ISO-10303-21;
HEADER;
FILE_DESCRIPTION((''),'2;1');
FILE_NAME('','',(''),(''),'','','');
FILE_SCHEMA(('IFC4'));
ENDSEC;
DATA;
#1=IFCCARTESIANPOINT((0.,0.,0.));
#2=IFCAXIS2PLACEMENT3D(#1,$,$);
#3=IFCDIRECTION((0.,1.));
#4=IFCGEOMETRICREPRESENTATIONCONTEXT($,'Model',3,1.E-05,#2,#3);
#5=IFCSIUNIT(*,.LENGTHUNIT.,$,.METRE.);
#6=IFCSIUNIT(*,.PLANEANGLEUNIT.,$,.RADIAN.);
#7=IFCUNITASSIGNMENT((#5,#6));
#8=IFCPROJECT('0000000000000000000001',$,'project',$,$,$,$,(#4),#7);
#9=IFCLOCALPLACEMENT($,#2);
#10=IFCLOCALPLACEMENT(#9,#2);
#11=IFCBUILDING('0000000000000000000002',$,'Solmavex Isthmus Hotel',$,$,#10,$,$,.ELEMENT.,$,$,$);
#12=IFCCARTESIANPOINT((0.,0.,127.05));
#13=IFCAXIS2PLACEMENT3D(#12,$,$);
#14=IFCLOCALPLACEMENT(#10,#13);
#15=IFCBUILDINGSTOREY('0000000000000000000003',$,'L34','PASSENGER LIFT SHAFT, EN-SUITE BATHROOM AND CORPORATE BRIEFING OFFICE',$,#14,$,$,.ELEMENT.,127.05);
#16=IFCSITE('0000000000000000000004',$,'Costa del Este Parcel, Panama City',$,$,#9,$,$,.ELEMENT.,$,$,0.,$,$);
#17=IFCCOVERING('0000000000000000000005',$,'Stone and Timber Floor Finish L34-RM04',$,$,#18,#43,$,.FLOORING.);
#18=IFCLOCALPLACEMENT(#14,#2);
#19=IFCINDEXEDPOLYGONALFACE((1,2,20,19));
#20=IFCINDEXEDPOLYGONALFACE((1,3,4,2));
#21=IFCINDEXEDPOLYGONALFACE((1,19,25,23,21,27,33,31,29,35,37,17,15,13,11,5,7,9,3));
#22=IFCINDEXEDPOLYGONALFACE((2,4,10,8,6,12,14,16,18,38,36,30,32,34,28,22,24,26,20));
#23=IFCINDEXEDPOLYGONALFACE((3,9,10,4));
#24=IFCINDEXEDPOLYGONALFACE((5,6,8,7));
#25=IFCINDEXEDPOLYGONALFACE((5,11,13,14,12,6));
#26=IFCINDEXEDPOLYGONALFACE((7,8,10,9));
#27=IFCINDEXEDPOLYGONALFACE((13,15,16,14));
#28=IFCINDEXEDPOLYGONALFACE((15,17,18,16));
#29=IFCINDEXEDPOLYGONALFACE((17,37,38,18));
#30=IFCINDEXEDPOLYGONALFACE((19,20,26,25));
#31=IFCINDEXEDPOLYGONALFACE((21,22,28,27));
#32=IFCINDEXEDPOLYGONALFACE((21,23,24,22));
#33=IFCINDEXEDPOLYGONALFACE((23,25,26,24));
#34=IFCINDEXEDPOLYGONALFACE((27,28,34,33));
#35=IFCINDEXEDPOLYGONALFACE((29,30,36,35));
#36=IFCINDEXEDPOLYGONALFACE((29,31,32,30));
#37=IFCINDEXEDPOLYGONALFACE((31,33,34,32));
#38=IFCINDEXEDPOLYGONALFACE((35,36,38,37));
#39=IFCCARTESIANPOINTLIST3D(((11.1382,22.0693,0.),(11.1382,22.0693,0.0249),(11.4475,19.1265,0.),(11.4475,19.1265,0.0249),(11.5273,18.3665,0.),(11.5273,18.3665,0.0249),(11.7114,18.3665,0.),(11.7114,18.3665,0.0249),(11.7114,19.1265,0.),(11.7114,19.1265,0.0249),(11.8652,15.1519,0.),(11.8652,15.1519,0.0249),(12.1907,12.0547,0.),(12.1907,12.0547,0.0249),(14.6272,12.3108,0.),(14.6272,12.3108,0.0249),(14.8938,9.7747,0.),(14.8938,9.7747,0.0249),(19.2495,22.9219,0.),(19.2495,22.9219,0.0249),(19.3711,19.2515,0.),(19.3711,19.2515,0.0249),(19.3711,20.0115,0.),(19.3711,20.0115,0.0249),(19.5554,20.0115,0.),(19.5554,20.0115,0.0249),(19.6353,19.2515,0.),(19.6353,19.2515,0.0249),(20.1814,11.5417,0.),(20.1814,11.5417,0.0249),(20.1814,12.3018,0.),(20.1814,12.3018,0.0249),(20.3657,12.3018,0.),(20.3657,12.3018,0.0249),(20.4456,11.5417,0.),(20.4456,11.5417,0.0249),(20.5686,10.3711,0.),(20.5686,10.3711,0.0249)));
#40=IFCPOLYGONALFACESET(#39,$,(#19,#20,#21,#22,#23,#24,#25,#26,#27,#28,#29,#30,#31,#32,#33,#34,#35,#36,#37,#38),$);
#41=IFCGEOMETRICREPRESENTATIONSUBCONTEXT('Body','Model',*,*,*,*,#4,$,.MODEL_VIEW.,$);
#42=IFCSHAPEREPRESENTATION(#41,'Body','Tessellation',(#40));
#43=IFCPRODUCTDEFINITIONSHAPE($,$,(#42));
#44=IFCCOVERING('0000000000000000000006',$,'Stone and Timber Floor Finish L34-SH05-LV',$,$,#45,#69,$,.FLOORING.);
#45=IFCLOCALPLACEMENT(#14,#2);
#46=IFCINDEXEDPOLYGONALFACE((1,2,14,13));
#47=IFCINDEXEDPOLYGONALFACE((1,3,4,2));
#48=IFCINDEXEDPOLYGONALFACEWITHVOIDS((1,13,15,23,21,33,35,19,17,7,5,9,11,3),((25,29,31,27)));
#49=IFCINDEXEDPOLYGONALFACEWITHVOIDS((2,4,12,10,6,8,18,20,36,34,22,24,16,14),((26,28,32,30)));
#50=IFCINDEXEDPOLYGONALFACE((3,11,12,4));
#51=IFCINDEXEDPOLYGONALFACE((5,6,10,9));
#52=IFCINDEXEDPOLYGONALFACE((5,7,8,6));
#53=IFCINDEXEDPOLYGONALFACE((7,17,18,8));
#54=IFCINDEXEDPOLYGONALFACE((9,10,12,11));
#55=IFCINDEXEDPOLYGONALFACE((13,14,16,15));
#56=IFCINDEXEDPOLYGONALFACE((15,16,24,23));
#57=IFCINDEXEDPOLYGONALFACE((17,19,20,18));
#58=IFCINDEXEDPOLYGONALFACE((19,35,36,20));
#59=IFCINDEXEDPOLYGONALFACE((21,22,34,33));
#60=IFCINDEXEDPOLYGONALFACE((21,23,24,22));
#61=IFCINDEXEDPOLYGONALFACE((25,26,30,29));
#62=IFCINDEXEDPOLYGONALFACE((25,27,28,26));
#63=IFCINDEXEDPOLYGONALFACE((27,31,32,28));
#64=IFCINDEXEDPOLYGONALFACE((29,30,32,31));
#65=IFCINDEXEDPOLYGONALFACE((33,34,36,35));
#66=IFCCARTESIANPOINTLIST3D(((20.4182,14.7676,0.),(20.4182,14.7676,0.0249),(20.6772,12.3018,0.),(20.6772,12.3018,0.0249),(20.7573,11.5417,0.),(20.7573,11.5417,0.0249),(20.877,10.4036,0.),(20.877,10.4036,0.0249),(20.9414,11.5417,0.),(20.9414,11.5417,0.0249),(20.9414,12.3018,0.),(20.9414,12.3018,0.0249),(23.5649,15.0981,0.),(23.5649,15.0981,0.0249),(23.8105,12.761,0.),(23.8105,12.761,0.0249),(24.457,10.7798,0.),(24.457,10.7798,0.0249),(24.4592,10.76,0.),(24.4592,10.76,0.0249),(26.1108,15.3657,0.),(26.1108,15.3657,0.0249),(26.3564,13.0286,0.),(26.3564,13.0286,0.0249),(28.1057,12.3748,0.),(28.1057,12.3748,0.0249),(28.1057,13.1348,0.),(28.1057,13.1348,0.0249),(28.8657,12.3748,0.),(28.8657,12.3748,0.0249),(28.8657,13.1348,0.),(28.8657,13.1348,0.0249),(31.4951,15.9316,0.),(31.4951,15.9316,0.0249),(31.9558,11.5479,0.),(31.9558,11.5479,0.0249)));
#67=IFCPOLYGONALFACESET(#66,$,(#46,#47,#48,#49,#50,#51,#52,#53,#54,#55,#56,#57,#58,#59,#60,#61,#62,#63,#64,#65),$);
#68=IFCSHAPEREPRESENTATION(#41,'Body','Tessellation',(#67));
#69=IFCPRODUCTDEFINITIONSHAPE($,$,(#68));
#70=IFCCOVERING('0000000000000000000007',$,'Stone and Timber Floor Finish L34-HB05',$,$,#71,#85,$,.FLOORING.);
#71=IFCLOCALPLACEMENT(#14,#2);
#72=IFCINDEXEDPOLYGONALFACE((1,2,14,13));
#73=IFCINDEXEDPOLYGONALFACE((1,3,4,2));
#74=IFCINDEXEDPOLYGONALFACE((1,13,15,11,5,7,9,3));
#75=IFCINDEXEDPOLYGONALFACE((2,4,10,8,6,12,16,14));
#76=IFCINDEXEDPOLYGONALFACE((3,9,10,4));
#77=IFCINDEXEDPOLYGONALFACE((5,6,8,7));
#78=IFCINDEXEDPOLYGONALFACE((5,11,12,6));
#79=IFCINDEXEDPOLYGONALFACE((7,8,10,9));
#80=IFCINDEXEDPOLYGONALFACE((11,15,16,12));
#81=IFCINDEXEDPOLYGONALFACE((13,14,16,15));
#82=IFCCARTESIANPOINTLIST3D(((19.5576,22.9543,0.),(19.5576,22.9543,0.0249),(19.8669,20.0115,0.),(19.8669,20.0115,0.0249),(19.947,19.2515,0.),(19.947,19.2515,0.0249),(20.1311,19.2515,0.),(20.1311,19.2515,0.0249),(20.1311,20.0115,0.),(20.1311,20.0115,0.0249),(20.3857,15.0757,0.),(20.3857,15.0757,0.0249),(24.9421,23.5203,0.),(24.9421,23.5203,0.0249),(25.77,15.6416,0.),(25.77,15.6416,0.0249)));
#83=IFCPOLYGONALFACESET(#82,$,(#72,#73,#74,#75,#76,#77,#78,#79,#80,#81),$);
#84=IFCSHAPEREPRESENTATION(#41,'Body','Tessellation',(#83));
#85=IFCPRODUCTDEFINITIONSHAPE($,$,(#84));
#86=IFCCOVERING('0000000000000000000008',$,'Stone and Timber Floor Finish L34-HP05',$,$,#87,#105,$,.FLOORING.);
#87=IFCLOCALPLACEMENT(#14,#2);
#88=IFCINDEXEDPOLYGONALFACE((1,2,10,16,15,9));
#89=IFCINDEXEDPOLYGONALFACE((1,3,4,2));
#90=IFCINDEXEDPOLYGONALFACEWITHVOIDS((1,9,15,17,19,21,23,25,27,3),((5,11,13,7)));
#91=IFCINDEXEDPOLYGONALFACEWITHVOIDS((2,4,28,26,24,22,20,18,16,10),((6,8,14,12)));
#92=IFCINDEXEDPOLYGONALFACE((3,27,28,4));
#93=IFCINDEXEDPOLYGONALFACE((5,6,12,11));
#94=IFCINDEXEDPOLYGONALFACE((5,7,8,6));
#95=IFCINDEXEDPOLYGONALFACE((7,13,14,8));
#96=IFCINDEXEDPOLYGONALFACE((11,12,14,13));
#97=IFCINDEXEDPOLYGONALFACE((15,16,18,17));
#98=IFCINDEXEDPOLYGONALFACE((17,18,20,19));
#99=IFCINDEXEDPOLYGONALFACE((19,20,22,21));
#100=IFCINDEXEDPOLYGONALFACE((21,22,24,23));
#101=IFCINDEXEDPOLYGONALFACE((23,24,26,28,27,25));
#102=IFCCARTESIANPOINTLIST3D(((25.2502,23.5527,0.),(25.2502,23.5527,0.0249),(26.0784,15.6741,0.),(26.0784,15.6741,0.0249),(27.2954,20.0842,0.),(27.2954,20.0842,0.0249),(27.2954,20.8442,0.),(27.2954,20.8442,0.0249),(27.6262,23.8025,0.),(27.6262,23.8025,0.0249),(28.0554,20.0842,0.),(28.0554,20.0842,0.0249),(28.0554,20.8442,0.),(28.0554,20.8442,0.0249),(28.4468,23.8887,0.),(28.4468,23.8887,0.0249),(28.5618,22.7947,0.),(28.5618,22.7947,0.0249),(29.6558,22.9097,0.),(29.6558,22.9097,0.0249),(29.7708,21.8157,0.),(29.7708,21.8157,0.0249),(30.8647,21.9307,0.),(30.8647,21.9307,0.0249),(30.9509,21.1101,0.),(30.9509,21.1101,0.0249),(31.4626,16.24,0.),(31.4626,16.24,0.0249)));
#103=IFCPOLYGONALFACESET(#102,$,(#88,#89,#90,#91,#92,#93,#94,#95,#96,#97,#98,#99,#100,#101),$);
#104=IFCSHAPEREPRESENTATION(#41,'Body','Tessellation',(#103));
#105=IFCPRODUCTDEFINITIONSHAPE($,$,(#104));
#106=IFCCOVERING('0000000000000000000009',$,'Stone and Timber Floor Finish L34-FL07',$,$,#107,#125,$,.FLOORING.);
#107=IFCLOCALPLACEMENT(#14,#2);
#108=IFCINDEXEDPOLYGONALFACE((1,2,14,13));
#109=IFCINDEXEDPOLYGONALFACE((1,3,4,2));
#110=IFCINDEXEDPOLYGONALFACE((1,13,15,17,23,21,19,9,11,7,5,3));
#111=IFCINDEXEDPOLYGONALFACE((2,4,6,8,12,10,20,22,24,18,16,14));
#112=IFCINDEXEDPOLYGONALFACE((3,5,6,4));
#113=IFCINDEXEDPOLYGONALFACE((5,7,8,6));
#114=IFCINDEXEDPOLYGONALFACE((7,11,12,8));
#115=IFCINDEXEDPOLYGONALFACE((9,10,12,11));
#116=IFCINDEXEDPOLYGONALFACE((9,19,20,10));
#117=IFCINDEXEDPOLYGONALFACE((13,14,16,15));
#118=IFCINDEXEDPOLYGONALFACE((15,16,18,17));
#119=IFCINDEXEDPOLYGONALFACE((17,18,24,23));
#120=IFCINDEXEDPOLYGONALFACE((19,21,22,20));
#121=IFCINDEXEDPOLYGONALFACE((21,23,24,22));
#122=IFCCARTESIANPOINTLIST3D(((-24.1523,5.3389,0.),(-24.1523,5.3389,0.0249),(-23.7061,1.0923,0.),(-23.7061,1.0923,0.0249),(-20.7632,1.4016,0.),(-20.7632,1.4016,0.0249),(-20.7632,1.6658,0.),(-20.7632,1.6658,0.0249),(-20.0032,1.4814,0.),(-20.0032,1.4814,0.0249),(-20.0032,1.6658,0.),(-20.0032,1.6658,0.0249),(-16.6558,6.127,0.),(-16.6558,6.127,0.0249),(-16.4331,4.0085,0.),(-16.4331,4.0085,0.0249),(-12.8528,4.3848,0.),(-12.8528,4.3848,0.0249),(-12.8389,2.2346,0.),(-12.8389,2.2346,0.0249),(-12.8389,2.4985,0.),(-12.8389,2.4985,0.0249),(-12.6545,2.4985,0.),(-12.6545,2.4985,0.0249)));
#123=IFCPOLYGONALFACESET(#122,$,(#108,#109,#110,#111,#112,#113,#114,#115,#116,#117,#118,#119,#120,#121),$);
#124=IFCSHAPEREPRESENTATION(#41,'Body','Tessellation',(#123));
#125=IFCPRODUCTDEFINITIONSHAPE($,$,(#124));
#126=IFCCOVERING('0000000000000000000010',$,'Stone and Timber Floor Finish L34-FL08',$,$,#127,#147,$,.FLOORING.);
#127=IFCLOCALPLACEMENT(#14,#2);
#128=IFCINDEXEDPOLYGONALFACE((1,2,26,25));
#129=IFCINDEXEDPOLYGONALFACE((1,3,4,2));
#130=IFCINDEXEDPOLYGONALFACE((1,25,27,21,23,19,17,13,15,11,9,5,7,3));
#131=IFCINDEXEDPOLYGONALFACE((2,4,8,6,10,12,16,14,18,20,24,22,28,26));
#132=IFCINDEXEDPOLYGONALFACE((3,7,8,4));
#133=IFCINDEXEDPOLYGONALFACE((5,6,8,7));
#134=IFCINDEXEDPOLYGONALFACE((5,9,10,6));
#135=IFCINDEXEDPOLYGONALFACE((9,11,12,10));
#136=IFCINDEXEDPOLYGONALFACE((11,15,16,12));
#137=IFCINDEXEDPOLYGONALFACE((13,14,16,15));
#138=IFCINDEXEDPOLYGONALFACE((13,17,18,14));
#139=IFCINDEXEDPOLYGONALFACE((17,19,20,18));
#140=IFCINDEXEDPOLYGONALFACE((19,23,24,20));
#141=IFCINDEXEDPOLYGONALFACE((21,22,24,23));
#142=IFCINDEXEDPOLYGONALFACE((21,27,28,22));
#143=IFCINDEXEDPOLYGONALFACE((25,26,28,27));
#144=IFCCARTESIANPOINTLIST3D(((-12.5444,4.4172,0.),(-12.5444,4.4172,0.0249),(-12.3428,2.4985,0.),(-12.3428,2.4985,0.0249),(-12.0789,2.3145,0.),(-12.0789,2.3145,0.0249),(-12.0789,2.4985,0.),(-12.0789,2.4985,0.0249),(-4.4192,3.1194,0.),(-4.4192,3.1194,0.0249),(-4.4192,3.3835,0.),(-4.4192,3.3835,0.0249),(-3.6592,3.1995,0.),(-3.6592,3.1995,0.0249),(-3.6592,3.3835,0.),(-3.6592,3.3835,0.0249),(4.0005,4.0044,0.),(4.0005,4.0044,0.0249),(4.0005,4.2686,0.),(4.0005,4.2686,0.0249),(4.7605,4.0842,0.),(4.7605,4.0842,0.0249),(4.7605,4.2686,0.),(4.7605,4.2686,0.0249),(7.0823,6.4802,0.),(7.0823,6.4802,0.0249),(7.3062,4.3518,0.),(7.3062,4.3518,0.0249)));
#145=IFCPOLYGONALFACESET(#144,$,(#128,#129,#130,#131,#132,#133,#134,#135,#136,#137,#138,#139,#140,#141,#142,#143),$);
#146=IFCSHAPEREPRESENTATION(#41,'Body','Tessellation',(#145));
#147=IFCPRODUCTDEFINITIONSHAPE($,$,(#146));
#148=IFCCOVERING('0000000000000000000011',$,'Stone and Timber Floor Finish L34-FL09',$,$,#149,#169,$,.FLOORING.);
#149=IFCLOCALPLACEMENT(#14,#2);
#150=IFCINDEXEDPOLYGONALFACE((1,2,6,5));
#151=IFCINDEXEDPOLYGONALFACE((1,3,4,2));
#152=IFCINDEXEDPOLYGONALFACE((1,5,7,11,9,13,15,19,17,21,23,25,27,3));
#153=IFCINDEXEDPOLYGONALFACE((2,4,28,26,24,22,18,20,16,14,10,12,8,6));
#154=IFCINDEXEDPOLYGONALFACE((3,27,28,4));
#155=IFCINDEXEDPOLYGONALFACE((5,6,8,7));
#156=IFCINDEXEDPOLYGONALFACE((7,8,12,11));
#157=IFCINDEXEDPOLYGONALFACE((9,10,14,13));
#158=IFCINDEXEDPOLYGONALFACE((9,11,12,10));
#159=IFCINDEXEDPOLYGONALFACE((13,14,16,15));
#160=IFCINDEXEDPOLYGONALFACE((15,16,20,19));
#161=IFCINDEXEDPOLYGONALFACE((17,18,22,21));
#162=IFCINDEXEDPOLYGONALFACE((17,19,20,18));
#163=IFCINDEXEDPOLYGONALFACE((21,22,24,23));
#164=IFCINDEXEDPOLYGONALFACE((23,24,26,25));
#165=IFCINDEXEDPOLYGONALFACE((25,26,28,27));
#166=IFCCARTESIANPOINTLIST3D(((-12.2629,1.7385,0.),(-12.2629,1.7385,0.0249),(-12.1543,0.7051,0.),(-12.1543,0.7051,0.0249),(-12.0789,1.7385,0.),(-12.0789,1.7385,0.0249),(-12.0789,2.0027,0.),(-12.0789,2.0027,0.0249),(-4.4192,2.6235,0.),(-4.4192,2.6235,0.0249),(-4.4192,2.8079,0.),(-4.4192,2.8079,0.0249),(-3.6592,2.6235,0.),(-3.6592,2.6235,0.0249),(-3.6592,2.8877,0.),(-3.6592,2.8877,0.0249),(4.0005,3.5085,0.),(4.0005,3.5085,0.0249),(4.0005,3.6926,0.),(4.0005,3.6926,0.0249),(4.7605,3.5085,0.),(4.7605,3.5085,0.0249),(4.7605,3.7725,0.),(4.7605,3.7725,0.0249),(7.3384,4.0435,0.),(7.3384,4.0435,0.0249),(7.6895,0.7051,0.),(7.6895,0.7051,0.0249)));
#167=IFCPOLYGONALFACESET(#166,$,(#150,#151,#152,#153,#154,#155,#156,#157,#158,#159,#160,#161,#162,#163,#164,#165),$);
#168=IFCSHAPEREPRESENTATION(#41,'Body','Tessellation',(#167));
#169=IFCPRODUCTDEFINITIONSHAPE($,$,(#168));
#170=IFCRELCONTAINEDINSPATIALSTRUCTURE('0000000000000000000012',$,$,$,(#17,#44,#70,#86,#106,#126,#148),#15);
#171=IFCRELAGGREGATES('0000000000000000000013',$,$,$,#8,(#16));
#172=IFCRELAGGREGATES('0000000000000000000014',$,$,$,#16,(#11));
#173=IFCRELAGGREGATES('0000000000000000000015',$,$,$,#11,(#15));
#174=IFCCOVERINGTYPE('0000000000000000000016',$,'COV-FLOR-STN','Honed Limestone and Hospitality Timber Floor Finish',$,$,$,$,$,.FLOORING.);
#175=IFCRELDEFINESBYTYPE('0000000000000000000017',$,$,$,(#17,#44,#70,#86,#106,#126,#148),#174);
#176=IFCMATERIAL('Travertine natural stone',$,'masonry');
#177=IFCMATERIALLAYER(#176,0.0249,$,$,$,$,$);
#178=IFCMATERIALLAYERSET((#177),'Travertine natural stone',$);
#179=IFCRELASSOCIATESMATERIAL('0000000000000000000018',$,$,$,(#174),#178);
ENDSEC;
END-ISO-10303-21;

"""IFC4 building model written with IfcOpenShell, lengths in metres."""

from ifc_helpers import new_model, si_unit, direction, frame, origin, place, context, subcontext, project, spatial, polyline, outline, extrude, material, layer, layer_set, type_object, element, save


model = new_model("IFC4")

# Units and contexts
model_context = context("Model", 3, precision=1e-05, world=origin(), true_north=direction((0.0, 1.0)))
body_context = subcontext(model_context, "Body", "Model", "MODEL_VIEW")
ifc_project = project(units=[si_unit("LENGTHUNIT", "METRE"), si_unit("PLANEANGLEUNIT", "RADIAN")], contexts=[model_context])

# Site, building, storey
site_placement = place(None, origin())
site = spatial("IfcSite", under=ifc_project, at=site_placement, Name="Costa del Este Parcel, Panama City", CompositionType="ELEMENT", RefElevation=0.0)
building_placement = place(site_placement, origin())
building = spatial("IfcBuilding", under=site, at=building_placement, Name="Solmavex Isthmus Hotel", CompositionType="ELEMENT")
storey_placement = place(building_placement, frame((0.0, 0.0, 127.05)))
storey = spatial("IfcBuildingStorey", under=building, at=storey_placement, Name="L34", Description="PASSENGER LIFT SHAFT, EN-SUITE BATHROOM AND CORPORATE BRIEFING OFFICE", CompositionType="ELEMENT", Elevation=127.05)

# Coverings
ifc_material_1 = material(Name="Travertine natural stone", Category="masonry")
ifc_layer_1 = layer(ifc_material_1, 0.0249)
ifc_layer_set_1 = layer_set([ifc_layer_1], Name="Travertine natural stone")
covering_type = type_object("IfcCoveringType", Name="COV-FLOR-STN", Description="Honed Limestone and Hospitality Timber Floor Finish", PredefinedType="FLOORING", material=ifc_layer_set_1)
covering_1_placement = place(storey_placement, origin())
element("IfcCovering", 1, at=covering_1_placement, inside=storey, type_object=covering_type, Name="Stone and Timber Floor Finish L34-RM04", PredefinedType="FLOORING", context=body_context, shape_type="SweptSolid", body=[
    extrude(outline(polyline([(11.4475, 19.1265), (11.7114, 19.1265), (11.7114, 18.3665), (11.5273, 18.3665), (11.8652, 15.1519), (12.1907, 12.0547), (14.6272, 12.3108), (14.8938, 9.7747), (20.5686, 10.3711), (20.4456, 11.5417), (20.1814, 11.5417), (20.1814, 12.3018), (20.3657, 12.3018), (19.6353, 19.2515), (19.3711, 19.2515), (19.3711, 20.0115), (19.5554, 20.0115), (19.2495, 22.9219), (11.1382, 22.0693), (11.4475, 19.1265)])), origin(), (0.0, 0.0, 1.0), 0.0249),
])
covering_2_placement = place(storey_placement, origin())
element("IfcCovering", 2, at=covering_2_placement, inside=storey, type_object=covering_type, Name="Stone and Timber Floor Finish L34-SH05-LV", PredefinedType="FLOORING", context=body_context, shape_type="SweptSolid", body=[
    extrude(outline(polyline([(23.5649, 15.0981), (20.4182, 14.7676), (20.6772, 12.3018), (20.9414, 12.3018), (20.9414, 11.5417), (20.7573, 11.5417), (20.877, 10.4036), (24.457, 10.7798), (24.4592, 10.76), (31.9558, 11.5479), (31.4951, 15.9316), (26.1108, 15.3657), (26.3564, 13.0286), (23.8105, 12.761), (23.5649, 15.0981)]), holes=[polyline([(28.1057, 12.3748), (28.1057, 13.1348), (28.8657, 13.1348), (28.8657, 12.3748), (28.1057, 12.3748)])]), origin(), (0.0, 0.0, 1.0), 0.0249),
])
covering_3_placement = place(storey_placement, origin())
element("IfcCovering", 3, at=covering_3_placement, inside=storey, type_object=covering_type, Name="Stone and Timber Floor Finish L34-HB05", PredefinedType="FLOORING", context=body_context, shape_type="SweptSolid", body=[
    extrude(outline(polyline([(19.8669, 20.0115), (20.1311, 20.0115), (20.1311, 19.2515), (19.947, 19.2515), (20.3857, 15.0757), (25.77, 15.6416), (24.9421, 23.5203), (19.5576, 22.9543), (19.8669, 20.0115)])), origin(), (0.0, 0.0, 1.0), 0.0249),
])
covering_4_placement = place(storey_placement, origin())
element("IfcCovering", 4, at=covering_4_placement, inside=storey, type_object=covering_type, Name="Stone and Timber Floor Finish L34-HP05", PredefinedType="FLOORING", context=body_context, shape_type="SweptSolid", body=[
    extrude(outline(polyline([(30.9509, 21.1101), (30.8647, 21.9307), (29.7708, 21.8157), (29.6558, 22.9097), (28.5618, 22.7947), (28.4468, 23.8887), (27.6262, 23.8025), (25.2502, 23.5527), (26.0784, 15.6741), (31.4626, 16.24), (30.9509, 21.1101)]), holes=[polyline([(27.2954, 20.8442), (28.0554, 20.8442), (28.0554, 20.0842), (27.2954, 20.0842), (27.2954, 20.8442)])]), origin(), (0.0, 0.0, 1.0), 0.0249),
])
covering_5_placement = place(storey_placement, origin())
element("IfcCovering", 5, at=covering_5_placement, inside=storey, type_object=covering_type, Name="Stone and Timber Floor Finish L34-FL07", PredefinedType="FLOORING", context=body_context, shape_type="SweptSolid", body=[
    extrude(outline(polyline([(-12.8389, 2.2346), (-12.8389, 2.4985), (-12.6545, 2.4985), (-12.8528, 4.3848), (-16.4331, 4.0085), (-16.6558, 6.127), (-24.1523, 5.3389), (-23.7061, 1.0923), (-20.7632, 1.4016), (-20.7632, 1.6658), (-20.0032, 1.6658), (-20.0032, 1.4814), (-12.8389, 2.2346)])), origin(), (0.0, 0.0, 1.0), 0.0249),
])
covering_6_placement = place(storey_placement, origin())
element("IfcCovering", 6, at=covering_6_placement, inside=storey, type_object=covering_type, Name="Stone and Timber Floor Finish L34-FL08", PredefinedType="FLOORING", context=body_context, shape_type="SweptSolid", body=[
    extrude(outline(polyline([(4.0005, 4.0044), (4.0005, 4.2686), (4.7605, 4.2686), (4.7605, 4.0842), (7.3062, 4.3518), (7.0823, 6.4802), (-12.5444, 4.4172), (-12.3428, 2.4985), (-12.0789, 2.4985), (-12.0789, 2.3145), (-4.4192, 3.1194), (-4.4192, 3.3835), (-3.6592, 3.3835), (-3.6592, 3.1995), (4.0005, 4.0044)])), origin(), (0.0, 0.0, 1.0), 0.0249),
])
covering_7_placement = place(storey_placement, origin())
element("IfcCovering", 7, at=covering_7_placement, inside=storey, type_object=covering_type, Name="Stone and Timber Floor Finish L34-FL09", PredefinedType="FLOORING", context=body_context, shape_type="SweptSolid", body=[
    extrude(outline(polyline([(-12.0789, 2.0027), (-12.0789, 1.7385), (-12.2629, 1.7385), (-12.1543, 0.7051), (7.6895, 0.7051), (7.3384, 4.0435), (4.7605, 3.7725), (4.7605, 3.5085), (4.0005, 3.5085), (4.0005, 3.6926), (-3.6592, 2.8877), (-3.6592, 2.6235), (-4.4192, 2.6235), (-4.4192, 2.8079), (-12.0789, 2.0027)])), origin(), (0.0, 0.0, 1.0), 0.0249),
])

save(model, "model.ifc")
